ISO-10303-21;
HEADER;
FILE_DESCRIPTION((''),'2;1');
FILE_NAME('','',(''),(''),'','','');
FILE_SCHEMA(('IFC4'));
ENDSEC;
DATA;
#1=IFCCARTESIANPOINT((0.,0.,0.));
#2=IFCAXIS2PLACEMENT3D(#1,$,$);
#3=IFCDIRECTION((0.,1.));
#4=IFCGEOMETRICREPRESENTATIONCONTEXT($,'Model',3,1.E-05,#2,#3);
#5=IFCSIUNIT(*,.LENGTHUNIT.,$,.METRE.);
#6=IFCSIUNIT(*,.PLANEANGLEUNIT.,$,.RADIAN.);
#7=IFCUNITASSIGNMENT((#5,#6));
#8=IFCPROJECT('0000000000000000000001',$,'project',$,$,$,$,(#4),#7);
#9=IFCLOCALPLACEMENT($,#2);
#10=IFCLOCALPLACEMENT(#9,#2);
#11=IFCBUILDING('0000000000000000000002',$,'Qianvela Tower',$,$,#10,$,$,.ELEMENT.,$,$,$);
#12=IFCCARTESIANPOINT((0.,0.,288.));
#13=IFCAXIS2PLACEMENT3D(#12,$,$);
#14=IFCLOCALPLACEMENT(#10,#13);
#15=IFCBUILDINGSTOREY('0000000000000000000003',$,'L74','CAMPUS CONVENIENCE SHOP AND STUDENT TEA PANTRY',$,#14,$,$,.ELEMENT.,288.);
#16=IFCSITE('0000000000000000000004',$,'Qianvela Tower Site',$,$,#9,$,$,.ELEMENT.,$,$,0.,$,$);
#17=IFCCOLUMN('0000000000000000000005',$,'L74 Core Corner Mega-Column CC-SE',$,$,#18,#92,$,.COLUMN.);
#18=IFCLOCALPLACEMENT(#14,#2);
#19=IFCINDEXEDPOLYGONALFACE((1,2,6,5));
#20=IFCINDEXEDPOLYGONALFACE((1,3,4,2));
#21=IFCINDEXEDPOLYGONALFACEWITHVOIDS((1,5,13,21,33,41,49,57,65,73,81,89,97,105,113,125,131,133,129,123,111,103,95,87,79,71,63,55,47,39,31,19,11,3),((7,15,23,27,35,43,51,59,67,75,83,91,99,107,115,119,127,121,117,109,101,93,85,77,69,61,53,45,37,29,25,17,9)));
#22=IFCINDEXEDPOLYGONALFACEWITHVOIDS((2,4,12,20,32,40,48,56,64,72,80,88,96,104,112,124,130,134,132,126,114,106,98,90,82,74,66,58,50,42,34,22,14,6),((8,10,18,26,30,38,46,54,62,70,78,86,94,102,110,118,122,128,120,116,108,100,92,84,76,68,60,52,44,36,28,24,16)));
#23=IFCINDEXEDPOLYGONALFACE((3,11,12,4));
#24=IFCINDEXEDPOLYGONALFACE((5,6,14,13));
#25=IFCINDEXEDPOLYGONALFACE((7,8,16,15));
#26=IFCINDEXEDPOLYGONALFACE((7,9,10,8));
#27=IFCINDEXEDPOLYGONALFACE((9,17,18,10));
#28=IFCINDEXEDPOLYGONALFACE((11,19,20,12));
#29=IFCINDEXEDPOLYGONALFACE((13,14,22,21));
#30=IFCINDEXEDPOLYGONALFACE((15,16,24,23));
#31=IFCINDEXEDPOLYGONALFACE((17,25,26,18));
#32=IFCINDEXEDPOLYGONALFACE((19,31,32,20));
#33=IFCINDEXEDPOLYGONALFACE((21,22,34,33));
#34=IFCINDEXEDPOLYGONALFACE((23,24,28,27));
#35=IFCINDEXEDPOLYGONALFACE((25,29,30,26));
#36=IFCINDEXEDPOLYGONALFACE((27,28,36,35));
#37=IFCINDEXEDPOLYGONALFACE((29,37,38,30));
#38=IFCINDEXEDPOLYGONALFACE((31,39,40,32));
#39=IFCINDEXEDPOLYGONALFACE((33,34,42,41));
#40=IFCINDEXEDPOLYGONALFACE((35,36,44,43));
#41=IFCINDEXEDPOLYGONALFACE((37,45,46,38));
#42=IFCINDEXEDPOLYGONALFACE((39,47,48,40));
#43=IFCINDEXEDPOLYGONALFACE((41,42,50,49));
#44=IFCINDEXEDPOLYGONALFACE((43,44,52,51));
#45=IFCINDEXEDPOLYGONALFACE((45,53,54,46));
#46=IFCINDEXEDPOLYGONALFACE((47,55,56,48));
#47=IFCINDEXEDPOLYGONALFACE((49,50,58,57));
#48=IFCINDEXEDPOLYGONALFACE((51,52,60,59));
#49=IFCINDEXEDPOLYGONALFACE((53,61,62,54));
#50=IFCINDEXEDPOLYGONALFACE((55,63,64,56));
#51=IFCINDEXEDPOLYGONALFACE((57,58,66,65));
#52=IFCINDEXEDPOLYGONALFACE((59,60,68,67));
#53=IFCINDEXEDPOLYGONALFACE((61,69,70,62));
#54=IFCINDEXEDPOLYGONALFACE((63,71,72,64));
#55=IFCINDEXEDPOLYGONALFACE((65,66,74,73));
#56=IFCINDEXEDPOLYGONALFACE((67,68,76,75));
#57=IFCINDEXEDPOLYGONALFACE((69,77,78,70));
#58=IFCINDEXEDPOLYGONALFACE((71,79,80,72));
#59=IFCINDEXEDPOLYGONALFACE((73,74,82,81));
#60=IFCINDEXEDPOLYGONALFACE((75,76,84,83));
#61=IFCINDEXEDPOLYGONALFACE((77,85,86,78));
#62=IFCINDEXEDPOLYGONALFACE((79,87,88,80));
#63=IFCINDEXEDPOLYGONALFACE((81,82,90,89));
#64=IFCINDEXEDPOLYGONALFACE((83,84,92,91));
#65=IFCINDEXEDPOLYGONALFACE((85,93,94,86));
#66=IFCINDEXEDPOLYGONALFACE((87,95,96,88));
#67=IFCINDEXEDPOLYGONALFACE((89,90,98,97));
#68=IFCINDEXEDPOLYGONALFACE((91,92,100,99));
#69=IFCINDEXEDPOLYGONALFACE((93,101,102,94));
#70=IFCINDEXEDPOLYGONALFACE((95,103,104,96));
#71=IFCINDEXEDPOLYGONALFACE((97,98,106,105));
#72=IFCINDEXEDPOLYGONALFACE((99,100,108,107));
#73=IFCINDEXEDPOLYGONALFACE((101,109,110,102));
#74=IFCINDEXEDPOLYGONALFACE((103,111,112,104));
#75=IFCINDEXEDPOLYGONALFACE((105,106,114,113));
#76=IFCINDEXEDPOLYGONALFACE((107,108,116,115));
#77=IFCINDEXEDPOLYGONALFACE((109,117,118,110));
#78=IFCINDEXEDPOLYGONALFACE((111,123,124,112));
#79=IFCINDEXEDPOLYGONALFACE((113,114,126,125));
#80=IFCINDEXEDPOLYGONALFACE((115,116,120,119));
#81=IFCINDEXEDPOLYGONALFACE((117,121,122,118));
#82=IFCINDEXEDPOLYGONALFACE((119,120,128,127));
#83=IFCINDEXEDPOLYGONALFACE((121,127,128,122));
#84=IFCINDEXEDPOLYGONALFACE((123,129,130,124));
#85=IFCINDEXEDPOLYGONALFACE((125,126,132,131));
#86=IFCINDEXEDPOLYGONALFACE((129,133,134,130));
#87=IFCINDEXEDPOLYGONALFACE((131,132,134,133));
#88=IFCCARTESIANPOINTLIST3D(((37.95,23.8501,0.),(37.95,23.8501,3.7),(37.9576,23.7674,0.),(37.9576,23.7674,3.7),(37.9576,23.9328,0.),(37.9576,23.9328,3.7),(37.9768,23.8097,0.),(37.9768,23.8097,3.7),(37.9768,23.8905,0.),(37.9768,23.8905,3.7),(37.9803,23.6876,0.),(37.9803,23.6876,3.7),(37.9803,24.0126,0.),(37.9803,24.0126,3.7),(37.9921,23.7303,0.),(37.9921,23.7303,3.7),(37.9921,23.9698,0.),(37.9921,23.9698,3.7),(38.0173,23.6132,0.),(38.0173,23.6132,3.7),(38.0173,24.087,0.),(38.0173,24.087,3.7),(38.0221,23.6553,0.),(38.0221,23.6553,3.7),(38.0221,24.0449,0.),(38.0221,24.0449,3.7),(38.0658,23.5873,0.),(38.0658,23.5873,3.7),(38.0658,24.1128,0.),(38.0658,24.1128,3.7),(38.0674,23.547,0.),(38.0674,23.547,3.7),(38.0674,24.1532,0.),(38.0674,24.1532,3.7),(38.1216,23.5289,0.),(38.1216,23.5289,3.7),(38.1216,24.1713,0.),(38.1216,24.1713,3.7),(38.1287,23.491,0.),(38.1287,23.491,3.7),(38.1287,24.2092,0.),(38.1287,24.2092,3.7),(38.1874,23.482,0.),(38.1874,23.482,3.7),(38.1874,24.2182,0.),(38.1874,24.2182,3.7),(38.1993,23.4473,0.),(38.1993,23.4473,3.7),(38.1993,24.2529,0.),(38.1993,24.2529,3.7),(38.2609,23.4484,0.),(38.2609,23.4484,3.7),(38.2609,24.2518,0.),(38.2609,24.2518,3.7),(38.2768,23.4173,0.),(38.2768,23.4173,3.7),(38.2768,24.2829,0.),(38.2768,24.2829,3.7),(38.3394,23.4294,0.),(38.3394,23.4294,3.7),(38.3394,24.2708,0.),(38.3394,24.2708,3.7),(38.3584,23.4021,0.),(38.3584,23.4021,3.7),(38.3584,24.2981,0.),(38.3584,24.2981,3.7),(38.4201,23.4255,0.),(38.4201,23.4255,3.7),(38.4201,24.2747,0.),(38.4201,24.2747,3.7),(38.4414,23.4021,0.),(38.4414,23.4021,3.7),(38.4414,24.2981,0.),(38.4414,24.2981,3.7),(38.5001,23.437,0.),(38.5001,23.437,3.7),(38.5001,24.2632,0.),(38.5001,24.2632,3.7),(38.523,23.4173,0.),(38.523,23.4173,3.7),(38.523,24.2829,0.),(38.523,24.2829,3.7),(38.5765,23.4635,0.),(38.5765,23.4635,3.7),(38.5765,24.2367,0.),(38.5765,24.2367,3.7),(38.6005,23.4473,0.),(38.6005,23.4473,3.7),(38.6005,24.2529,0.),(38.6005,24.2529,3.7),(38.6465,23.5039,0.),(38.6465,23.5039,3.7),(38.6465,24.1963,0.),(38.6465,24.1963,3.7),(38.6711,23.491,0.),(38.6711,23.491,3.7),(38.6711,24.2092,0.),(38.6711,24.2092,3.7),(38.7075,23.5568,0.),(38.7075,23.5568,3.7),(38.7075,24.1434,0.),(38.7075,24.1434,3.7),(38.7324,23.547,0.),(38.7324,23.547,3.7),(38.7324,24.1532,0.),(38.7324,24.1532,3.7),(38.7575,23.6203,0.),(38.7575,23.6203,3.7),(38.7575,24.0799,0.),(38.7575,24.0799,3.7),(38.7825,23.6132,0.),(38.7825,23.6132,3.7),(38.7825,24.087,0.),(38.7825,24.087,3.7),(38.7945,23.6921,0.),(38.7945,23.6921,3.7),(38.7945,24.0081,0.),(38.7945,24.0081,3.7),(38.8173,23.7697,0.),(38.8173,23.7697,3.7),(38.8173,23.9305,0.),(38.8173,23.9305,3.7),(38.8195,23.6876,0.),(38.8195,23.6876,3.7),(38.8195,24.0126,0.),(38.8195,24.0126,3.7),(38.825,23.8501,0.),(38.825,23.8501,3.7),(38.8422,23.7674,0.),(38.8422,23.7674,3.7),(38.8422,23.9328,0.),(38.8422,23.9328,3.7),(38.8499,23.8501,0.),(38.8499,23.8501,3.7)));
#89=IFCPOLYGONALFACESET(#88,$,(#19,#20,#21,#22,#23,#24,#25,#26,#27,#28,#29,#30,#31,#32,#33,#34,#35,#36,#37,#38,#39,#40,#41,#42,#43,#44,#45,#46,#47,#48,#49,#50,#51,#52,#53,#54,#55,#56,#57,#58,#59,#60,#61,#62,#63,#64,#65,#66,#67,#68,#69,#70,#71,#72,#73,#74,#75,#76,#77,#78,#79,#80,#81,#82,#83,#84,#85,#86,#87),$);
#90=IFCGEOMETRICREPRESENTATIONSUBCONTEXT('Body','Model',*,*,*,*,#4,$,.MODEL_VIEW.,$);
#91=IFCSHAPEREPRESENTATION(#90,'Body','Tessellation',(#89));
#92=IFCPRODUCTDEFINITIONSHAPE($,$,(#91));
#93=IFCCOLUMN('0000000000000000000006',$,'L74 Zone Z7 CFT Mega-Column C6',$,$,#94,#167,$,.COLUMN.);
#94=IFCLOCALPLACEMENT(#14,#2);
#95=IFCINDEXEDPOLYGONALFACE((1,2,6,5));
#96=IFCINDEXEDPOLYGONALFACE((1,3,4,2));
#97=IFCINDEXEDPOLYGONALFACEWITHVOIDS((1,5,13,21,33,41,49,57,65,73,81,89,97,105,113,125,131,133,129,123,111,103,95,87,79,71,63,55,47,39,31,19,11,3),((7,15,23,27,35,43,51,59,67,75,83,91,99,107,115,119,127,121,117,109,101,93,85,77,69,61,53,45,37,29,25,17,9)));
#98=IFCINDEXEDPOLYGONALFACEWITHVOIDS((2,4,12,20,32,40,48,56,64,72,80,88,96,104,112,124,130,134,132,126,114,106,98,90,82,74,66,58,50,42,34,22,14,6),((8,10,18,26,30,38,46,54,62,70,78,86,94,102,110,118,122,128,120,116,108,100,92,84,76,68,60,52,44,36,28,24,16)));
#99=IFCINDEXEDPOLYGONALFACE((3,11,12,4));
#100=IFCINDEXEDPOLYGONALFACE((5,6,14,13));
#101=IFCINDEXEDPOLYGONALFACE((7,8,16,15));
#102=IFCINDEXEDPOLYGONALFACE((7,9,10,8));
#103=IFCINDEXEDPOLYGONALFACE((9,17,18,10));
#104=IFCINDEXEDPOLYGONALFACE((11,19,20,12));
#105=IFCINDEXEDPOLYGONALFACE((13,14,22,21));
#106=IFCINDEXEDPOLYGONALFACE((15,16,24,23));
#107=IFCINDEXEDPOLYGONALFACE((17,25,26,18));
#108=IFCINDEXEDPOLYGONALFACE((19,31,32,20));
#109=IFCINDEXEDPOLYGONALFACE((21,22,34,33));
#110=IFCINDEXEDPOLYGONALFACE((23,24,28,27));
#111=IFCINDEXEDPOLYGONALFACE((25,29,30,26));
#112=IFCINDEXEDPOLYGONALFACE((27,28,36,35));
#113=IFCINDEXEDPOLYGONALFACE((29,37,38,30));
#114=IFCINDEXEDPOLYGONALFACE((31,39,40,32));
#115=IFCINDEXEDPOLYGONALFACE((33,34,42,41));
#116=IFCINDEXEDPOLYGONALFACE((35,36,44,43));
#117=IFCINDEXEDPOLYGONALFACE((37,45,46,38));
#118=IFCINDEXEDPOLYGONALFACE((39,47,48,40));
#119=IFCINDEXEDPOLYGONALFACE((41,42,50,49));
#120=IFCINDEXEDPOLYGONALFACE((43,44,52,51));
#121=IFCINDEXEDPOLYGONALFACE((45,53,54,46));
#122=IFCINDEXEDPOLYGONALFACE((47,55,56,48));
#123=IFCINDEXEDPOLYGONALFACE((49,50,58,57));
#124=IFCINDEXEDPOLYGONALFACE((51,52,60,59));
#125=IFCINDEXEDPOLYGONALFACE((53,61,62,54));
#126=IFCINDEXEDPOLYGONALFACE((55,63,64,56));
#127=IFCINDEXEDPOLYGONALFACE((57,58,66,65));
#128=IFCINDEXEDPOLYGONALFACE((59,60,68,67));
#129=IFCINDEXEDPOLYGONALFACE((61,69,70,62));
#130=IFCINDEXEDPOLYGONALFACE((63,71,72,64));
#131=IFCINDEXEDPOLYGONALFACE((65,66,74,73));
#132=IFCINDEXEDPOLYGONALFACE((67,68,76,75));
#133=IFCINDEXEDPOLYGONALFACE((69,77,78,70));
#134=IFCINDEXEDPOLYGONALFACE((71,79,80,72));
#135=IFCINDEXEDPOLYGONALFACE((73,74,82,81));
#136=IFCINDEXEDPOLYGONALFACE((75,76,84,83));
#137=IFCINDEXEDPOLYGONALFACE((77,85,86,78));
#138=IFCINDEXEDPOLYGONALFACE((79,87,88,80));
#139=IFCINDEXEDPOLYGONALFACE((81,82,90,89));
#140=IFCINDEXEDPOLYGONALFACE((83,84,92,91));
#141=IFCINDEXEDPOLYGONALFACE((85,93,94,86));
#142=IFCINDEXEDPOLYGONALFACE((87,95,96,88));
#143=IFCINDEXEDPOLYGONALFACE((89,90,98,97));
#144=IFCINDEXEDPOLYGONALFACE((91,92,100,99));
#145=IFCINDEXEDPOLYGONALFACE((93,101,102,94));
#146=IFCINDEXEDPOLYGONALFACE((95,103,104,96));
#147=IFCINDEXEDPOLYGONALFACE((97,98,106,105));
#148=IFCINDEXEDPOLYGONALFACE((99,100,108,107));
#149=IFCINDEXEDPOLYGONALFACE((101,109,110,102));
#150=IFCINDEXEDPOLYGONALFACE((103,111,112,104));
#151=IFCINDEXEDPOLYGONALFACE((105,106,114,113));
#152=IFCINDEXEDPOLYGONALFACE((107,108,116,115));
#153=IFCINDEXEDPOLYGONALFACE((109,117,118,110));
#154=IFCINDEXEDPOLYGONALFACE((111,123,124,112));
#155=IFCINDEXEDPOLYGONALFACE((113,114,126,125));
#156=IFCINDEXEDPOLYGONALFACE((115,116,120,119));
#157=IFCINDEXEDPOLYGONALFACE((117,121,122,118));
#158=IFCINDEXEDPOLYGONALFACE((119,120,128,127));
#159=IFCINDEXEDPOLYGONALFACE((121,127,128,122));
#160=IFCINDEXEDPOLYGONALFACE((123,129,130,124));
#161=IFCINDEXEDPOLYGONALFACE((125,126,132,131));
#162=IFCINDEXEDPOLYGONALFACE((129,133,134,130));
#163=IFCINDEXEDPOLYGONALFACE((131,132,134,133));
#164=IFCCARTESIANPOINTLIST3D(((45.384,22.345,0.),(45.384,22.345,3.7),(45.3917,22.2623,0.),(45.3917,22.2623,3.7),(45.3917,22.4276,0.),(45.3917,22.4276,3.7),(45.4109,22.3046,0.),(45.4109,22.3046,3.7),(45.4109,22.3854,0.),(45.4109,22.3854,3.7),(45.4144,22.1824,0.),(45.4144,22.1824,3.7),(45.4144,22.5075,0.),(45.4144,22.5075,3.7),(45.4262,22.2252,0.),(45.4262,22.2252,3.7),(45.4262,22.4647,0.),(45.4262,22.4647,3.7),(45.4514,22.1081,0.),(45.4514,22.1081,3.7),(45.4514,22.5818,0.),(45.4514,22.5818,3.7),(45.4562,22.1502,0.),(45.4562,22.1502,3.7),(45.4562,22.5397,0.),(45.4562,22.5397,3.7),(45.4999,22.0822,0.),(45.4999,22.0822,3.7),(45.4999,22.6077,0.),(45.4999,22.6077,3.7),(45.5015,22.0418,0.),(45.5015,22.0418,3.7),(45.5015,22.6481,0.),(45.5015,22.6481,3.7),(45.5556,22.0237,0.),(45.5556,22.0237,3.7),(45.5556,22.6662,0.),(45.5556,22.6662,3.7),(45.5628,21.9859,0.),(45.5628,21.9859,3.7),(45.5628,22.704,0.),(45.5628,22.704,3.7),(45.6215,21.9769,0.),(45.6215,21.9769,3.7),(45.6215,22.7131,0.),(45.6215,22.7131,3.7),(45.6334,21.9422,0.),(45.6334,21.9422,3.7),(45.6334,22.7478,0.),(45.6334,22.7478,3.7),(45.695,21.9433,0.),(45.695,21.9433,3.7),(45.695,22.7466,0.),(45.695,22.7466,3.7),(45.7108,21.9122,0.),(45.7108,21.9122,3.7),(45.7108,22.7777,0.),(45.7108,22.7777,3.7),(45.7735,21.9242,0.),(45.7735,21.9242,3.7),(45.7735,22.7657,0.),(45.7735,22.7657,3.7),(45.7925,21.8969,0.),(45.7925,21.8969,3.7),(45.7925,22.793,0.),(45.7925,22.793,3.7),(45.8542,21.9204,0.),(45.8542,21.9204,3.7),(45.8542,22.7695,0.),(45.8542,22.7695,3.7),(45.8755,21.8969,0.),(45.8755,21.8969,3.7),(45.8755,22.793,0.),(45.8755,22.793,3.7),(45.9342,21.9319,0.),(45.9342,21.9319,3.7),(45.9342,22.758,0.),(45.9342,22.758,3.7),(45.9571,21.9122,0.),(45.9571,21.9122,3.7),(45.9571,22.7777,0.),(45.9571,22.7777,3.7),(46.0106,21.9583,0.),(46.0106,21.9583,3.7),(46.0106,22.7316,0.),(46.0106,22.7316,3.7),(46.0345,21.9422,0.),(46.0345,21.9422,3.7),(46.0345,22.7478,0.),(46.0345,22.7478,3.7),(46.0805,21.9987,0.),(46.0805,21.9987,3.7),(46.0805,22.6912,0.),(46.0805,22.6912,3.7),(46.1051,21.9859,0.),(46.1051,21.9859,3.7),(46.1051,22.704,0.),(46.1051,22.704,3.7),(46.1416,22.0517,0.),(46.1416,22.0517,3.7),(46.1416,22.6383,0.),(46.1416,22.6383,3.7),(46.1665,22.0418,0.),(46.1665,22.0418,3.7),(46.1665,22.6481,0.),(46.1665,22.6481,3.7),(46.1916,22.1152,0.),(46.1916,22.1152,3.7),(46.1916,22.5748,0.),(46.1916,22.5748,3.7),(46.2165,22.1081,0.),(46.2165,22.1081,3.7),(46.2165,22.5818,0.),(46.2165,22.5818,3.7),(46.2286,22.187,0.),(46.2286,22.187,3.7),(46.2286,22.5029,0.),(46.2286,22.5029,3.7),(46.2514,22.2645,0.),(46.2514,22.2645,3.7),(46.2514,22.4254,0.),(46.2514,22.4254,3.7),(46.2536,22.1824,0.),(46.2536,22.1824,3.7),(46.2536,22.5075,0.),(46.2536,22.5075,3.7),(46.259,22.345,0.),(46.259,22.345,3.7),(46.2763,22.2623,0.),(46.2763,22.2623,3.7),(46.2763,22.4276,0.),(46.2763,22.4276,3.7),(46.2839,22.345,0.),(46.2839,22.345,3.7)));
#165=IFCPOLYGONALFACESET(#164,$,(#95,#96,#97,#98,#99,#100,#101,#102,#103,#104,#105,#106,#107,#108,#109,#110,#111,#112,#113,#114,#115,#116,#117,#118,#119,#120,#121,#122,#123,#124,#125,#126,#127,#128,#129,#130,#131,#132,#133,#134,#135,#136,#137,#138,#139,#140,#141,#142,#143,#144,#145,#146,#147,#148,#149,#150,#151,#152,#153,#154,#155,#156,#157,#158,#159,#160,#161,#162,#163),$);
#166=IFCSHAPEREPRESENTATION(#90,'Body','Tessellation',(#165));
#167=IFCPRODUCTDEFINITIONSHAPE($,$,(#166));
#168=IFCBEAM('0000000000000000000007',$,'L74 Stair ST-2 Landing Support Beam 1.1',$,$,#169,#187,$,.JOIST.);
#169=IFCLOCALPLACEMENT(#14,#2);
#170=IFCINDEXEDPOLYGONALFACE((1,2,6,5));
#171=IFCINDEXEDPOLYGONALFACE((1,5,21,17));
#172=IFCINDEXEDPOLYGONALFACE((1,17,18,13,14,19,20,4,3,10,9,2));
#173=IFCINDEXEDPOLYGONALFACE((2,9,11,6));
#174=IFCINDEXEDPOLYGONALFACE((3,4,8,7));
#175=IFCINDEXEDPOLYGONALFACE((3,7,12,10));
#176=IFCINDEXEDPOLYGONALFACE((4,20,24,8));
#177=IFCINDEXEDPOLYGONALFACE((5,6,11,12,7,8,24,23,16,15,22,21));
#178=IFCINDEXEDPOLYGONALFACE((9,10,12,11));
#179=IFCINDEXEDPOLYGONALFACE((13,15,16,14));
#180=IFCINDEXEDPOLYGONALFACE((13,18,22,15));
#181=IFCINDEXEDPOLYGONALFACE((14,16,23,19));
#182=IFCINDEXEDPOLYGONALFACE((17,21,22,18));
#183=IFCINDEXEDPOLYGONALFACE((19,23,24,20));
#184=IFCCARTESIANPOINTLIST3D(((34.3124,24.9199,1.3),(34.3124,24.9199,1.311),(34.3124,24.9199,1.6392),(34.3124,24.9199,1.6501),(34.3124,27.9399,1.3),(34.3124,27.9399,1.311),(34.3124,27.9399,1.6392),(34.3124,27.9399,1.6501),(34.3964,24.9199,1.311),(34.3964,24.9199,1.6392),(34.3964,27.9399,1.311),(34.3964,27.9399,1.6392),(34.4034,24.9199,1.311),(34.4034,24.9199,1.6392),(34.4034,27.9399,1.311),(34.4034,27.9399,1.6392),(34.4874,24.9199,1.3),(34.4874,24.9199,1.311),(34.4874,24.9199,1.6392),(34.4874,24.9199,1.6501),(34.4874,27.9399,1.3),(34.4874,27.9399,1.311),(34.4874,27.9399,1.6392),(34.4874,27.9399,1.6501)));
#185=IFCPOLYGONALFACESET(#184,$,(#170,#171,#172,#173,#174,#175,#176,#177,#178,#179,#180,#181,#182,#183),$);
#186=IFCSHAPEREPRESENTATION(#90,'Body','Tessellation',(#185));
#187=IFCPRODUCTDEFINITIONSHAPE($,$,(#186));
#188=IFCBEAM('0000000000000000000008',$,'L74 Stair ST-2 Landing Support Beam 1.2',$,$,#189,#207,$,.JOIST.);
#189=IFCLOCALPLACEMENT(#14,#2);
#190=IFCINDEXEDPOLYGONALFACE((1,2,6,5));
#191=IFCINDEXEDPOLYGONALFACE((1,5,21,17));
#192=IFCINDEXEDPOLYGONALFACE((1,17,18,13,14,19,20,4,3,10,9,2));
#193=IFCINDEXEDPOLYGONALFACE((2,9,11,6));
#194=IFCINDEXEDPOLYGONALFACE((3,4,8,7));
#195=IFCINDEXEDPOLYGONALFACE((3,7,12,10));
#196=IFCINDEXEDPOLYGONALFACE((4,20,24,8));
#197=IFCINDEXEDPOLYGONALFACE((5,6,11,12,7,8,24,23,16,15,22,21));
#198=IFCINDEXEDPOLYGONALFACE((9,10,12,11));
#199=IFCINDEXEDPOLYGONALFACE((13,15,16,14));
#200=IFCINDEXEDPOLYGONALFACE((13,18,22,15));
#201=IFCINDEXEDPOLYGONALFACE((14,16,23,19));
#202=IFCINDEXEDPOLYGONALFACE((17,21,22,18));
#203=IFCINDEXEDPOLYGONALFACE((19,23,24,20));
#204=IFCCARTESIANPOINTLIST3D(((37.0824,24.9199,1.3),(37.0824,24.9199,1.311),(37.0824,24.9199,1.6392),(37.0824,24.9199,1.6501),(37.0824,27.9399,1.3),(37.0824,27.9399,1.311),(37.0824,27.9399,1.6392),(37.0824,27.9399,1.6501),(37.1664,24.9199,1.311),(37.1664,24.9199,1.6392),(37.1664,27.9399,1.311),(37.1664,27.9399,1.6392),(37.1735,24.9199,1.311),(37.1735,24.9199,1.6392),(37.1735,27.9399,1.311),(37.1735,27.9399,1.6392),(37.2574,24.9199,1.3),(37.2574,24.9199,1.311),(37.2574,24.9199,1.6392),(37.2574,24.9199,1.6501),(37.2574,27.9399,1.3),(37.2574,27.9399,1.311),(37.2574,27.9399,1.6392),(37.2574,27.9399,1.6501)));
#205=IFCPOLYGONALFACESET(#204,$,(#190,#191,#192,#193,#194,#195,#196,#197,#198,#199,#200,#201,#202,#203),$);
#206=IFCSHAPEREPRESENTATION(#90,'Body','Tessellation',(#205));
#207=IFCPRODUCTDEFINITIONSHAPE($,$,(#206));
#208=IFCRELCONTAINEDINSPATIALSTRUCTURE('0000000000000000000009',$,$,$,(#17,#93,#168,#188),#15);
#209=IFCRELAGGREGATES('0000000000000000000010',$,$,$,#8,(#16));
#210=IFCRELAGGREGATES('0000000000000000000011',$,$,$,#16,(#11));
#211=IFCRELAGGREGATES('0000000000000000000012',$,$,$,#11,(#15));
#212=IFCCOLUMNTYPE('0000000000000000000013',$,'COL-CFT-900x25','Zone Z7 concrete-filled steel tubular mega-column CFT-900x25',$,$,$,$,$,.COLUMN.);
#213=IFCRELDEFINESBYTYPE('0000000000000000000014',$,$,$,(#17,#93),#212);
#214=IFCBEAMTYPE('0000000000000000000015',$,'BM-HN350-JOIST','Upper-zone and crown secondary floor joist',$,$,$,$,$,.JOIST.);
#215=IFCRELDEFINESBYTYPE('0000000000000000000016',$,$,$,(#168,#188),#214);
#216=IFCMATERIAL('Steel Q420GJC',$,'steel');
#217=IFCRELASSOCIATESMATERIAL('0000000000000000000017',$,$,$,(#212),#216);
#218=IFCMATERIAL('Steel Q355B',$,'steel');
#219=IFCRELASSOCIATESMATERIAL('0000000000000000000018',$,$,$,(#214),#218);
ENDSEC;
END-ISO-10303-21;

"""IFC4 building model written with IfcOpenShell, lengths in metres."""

from ifc_helpers import new_model, si_unit, direction, frame, origin, origin_2d, place, context, subcontext, project, spatial, hollow_circle, i_section, extrude, material, material_profile, profile_set, type_object, element, save


model = new_model("IFC4")

# Units and contexts
model_context = context("Model", 3, precision=1e-05, world=origin(), true_north=direction((0.0, 1.0)))
body_context = subcontext(model_context, "Body", "Model", "MODEL_VIEW")
ifc_project = project(units=[si_unit("LENGTHUNIT", "METRE"), si_unit("PLANEANGLEUNIT", "RADIAN")], contexts=[model_context])

# Site, building, storey
site_placement = place(None, origin())
site = spatial("IfcSite", under=ifc_project, at=site_placement, Name="Qianvela Tower Site", CompositionType="ELEMENT", RefElevation=0.0)
building_placement = place(site_placement, origin())
building = spatial("IfcBuilding", under=site, at=building_placement, Name="Qianvela Tower", CompositionType="ELEMENT")
storey_placement = place(building_placement, frame((0.0, 0.0, 288.0)))
storey = spatial("IfcBuildingStorey", under=building, at=storey_placement, Name="L74", Description="CAMPUS CONVENIENCE SHOP AND STUDENT TEA PANTRY", CompositionType="ELEMENT", Elevation=288.0)

# Columns
ifc_material_1 = material(Name="Steel Q420GJC", Category="steel")
ifc_material_profile_1 = material_profile(ifc_material_1, hollow_circle(Radius=0.45, WallThickness=0.0249, at=origin_2d()), Name="CFT-900x25")
ifc_profile_set_1 = profile_set([ifc_material_profile_1], Name="Steel Q420GJC")
column_type = type_object("IfcColumnType", Name="COL-CFT-900x25", Description="Zone Z7 concrete-filled steel tubular mega-column CFT-900x25", PredefinedType="COLUMN", material=ifc_profile_set_1)
for number, where, z_axis, x_axis, name in (
    (1, (38.3999, 23.8501, 0.0), (0.0, 0.0, 1.0), (1.0, 0.0, 0.0), "L74 Core Corner Mega-Column CC-SE"),
    (2, (45.834, 22.345, 0.0), (0.0, 0.0, 1.0), (1.0, 0.0, 0.0), "L74 Zone Z7 CFT Mega-Column C6"),
):
    element("IfcColumn", number, at=place(storey_placement, frame(where, z_axis=z_axis, x_axis=x_axis)), inside=storey, type_object=column_type, Name=name, PredefinedType="COLUMN", context=body_context, shape_type="SweptSolid", body=[
        extrude(hollow_circle(Radius=0.45, WallThickness=0.0249, at=origin_2d()), origin(), (0.0, 0.0, 1.0), 3.7),
    ])

# Beams
ifc_material_2 = material(Name="Steel Q355B", Category="steel")
ifc_material_profile_2 = material_profile(ifc_material_2, i_section(OverallWidth=0.175, OverallDepth=0.3501, WebThickness=0.0071, FlangeThickness=0.011, at=origin_2d()), Name="HN350x175x7x11")
ifc_profile_set_2 = profile_set([ifc_material_profile_2], Name="Steel Q355B")
beam_type_1 = type_object("IfcBeamType", Name="BM-HN350-JOIST", Description="Upper-zone and crown secondary floor joist", PredefinedType="JOIST", material=ifc_profile_set_2)
for number, where, z_axis, x_axis, name in (
    (3, (34.3999, 24.9199, 1.4751), (0.0, 1.0, 0.0), (-1.0, 0.0, 0.0), "L74 Stair ST-2 Landing Support Beam 1.1"),
    (4, (37.1699, 24.9199, 1.4751), (0.0, 1.0, 0.0), (-1.0, 0.0, 0.0), "L74 Stair ST-2 Landing Support Beam 1.2"),
):
    element("IfcBeam", number, at=place(storey_placement, frame(where, z_axis=z_axis, x_axis=x_axis)), inside=storey, type_object=beam_type_1, Name=name, PredefinedType="JOIST", context=body_context, shape_type="SweptSolid", body=[
        extrude(i_section(OverallWidth=0.175, OverallDepth=0.3501, WebThickness=0.0071, FlangeThickness=0.011, at=origin_2d()), origin(), (0.0, 0.0, 1.0), 3.02),
    ])

save(model, "model.ifc")
